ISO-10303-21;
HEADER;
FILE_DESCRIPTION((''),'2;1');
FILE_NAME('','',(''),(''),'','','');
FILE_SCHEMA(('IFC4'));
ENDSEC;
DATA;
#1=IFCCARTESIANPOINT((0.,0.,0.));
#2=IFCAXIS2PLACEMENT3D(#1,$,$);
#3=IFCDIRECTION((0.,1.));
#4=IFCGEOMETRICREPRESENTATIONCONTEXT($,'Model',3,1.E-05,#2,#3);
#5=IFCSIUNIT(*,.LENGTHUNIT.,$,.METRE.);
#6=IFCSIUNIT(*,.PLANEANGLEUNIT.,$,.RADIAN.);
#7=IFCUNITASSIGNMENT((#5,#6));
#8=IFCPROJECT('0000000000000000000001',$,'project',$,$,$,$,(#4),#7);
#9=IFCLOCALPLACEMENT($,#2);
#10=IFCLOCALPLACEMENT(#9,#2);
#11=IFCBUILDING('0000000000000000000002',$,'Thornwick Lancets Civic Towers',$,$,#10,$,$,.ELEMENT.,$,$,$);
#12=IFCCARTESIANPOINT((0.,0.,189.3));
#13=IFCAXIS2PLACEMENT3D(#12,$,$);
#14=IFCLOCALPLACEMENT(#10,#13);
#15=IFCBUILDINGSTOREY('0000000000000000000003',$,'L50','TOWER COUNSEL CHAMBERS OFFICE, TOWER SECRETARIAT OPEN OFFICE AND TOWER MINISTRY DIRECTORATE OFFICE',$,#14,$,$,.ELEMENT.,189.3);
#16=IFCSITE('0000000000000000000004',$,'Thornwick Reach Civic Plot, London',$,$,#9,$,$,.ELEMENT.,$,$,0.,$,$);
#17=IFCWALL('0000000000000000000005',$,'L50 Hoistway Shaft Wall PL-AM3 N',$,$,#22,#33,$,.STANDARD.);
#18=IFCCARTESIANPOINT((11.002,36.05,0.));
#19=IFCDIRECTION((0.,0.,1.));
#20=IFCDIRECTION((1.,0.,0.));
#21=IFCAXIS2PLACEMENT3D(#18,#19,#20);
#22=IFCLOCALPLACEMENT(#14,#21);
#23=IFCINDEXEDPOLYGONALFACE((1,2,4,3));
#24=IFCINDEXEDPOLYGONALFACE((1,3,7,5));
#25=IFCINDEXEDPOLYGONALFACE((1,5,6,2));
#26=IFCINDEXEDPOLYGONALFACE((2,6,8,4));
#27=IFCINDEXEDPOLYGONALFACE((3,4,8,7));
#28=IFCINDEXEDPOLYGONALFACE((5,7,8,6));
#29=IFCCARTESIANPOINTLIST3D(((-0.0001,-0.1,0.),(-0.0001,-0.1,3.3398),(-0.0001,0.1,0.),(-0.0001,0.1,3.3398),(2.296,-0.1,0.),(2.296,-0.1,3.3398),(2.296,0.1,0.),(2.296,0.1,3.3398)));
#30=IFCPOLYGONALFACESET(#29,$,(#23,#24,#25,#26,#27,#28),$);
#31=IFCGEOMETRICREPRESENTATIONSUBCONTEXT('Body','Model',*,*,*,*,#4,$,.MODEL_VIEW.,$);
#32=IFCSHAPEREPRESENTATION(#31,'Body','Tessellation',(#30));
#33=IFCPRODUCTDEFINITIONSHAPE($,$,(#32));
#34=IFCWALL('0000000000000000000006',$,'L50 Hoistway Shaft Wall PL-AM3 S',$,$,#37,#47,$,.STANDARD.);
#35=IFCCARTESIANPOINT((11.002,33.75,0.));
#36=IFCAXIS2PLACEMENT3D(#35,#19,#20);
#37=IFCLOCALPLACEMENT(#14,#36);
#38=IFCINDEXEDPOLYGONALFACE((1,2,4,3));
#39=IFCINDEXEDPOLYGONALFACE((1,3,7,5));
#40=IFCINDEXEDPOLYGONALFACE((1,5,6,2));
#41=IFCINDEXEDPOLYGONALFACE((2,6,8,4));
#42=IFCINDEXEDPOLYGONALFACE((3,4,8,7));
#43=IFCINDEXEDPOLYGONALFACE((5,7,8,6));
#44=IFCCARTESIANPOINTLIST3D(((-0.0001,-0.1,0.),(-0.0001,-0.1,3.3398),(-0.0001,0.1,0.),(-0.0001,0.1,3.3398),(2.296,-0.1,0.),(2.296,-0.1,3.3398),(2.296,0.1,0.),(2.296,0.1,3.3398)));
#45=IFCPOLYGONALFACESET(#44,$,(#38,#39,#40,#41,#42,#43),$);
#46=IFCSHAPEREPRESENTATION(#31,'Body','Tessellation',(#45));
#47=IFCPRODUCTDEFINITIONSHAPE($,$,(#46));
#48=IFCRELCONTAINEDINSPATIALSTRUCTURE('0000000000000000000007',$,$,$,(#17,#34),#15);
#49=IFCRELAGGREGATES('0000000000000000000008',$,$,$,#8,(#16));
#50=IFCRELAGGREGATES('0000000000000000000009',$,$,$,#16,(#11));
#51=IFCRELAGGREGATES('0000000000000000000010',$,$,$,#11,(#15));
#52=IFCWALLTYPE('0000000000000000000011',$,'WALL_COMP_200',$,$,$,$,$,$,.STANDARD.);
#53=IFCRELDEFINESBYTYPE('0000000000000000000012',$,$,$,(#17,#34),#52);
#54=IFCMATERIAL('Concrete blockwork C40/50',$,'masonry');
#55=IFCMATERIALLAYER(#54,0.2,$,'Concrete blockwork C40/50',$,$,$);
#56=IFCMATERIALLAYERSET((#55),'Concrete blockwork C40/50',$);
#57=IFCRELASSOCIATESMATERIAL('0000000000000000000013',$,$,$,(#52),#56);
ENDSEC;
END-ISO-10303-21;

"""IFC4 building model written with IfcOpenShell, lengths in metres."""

from ifc_helpers import new_model, si_unit, direction, frame, frame_2d, origin, place, context, subcontext, project, spatial, rectangle, extrude, material, layer, layer_set, type_object, element, save


model = new_model("IFC4")

# Units and contexts
model_context = context("Model", 3, precision=1e-05, world=origin(), true_north=direction((0.0, 1.0)))
body_context = subcontext(model_context, "Body", "Model", "MODEL_VIEW")
ifc_project = project(units=[si_unit("LENGTHUNIT", "METRE"), si_unit("PLANEANGLEUNIT", "RADIAN")], contexts=[model_context])

# Site, building, storey
site_placement = place(None, origin())
site = spatial("IfcSite", under=ifc_project, at=site_placement, Name="Thornwick Reach Civic Plot, London", CompositionType="ELEMENT", RefElevation=0.0)
building_placement = place(site_placement, origin())
building = spatial("IfcBuilding", under=site, at=building_placement, Name="Thornwick Lancets Civic Towers", CompositionType="ELEMENT")
storey_placement = place(building_placement, frame((0.0, 0.0, 189.3)))
storey = spatial("IfcBuildingStorey", under=building, at=storey_placement, Name="L50", Description="TOWER COUNSEL CHAMBERS OFFICE, TOWER SECRETARIAT OPEN OFFICE AND TOWER MINISTRY DIRECTORATE OFFICE", CompositionType="ELEMENT", Elevation=189.3)

# Shared definitions
ifc_material_1 = material(Name="Concrete blockwork C40/50", Category="masonry")
ifc_layer_1 = layer(ifc_material_1, 0.2, Name="Concrete blockwork C40/50")
ifc_layer_set_1 = layer_set([ifc_layer_1], Name="Concrete blockwork C40/50")
wall_type_1 = type_object("IfcWallType", Name="WALL_COMP_200", PredefinedType="STANDARD", material=ifc_layer_set_1)

# Walls
for number, where, z_axis, x_axis, name in (
    (1, (11.002, 36.05, 0.0), (0.0, 0.0, 1.0), (1.0, 0.0, 0.0), "L50 Hoistway Shaft Wall PL-AM3 N"),
    (2, (11.002, 33.75, 0.0), (0.0, 0.0, 1.0), (1.0, 0.0, 0.0), "L50 Hoistway Shaft Wall PL-AM3 S"),
):
    element("IfcWall", number, at=place(storey_placement, frame(where, z_axis=z_axis, x_axis=x_axis)), inside=storey, type_object=wall_type_1, Name=name, PredefinedType="STANDARD", context=body_context, shape_type="SweptSolid", body=[
        extrude(rectangle(XDim=2.2961, YDim=0.2, at=frame_2d((1.1479, 0.0))), origin(), (0.0, 0.0, 1.0), 3.3398),
    ])

save(model, "model.ifc")
